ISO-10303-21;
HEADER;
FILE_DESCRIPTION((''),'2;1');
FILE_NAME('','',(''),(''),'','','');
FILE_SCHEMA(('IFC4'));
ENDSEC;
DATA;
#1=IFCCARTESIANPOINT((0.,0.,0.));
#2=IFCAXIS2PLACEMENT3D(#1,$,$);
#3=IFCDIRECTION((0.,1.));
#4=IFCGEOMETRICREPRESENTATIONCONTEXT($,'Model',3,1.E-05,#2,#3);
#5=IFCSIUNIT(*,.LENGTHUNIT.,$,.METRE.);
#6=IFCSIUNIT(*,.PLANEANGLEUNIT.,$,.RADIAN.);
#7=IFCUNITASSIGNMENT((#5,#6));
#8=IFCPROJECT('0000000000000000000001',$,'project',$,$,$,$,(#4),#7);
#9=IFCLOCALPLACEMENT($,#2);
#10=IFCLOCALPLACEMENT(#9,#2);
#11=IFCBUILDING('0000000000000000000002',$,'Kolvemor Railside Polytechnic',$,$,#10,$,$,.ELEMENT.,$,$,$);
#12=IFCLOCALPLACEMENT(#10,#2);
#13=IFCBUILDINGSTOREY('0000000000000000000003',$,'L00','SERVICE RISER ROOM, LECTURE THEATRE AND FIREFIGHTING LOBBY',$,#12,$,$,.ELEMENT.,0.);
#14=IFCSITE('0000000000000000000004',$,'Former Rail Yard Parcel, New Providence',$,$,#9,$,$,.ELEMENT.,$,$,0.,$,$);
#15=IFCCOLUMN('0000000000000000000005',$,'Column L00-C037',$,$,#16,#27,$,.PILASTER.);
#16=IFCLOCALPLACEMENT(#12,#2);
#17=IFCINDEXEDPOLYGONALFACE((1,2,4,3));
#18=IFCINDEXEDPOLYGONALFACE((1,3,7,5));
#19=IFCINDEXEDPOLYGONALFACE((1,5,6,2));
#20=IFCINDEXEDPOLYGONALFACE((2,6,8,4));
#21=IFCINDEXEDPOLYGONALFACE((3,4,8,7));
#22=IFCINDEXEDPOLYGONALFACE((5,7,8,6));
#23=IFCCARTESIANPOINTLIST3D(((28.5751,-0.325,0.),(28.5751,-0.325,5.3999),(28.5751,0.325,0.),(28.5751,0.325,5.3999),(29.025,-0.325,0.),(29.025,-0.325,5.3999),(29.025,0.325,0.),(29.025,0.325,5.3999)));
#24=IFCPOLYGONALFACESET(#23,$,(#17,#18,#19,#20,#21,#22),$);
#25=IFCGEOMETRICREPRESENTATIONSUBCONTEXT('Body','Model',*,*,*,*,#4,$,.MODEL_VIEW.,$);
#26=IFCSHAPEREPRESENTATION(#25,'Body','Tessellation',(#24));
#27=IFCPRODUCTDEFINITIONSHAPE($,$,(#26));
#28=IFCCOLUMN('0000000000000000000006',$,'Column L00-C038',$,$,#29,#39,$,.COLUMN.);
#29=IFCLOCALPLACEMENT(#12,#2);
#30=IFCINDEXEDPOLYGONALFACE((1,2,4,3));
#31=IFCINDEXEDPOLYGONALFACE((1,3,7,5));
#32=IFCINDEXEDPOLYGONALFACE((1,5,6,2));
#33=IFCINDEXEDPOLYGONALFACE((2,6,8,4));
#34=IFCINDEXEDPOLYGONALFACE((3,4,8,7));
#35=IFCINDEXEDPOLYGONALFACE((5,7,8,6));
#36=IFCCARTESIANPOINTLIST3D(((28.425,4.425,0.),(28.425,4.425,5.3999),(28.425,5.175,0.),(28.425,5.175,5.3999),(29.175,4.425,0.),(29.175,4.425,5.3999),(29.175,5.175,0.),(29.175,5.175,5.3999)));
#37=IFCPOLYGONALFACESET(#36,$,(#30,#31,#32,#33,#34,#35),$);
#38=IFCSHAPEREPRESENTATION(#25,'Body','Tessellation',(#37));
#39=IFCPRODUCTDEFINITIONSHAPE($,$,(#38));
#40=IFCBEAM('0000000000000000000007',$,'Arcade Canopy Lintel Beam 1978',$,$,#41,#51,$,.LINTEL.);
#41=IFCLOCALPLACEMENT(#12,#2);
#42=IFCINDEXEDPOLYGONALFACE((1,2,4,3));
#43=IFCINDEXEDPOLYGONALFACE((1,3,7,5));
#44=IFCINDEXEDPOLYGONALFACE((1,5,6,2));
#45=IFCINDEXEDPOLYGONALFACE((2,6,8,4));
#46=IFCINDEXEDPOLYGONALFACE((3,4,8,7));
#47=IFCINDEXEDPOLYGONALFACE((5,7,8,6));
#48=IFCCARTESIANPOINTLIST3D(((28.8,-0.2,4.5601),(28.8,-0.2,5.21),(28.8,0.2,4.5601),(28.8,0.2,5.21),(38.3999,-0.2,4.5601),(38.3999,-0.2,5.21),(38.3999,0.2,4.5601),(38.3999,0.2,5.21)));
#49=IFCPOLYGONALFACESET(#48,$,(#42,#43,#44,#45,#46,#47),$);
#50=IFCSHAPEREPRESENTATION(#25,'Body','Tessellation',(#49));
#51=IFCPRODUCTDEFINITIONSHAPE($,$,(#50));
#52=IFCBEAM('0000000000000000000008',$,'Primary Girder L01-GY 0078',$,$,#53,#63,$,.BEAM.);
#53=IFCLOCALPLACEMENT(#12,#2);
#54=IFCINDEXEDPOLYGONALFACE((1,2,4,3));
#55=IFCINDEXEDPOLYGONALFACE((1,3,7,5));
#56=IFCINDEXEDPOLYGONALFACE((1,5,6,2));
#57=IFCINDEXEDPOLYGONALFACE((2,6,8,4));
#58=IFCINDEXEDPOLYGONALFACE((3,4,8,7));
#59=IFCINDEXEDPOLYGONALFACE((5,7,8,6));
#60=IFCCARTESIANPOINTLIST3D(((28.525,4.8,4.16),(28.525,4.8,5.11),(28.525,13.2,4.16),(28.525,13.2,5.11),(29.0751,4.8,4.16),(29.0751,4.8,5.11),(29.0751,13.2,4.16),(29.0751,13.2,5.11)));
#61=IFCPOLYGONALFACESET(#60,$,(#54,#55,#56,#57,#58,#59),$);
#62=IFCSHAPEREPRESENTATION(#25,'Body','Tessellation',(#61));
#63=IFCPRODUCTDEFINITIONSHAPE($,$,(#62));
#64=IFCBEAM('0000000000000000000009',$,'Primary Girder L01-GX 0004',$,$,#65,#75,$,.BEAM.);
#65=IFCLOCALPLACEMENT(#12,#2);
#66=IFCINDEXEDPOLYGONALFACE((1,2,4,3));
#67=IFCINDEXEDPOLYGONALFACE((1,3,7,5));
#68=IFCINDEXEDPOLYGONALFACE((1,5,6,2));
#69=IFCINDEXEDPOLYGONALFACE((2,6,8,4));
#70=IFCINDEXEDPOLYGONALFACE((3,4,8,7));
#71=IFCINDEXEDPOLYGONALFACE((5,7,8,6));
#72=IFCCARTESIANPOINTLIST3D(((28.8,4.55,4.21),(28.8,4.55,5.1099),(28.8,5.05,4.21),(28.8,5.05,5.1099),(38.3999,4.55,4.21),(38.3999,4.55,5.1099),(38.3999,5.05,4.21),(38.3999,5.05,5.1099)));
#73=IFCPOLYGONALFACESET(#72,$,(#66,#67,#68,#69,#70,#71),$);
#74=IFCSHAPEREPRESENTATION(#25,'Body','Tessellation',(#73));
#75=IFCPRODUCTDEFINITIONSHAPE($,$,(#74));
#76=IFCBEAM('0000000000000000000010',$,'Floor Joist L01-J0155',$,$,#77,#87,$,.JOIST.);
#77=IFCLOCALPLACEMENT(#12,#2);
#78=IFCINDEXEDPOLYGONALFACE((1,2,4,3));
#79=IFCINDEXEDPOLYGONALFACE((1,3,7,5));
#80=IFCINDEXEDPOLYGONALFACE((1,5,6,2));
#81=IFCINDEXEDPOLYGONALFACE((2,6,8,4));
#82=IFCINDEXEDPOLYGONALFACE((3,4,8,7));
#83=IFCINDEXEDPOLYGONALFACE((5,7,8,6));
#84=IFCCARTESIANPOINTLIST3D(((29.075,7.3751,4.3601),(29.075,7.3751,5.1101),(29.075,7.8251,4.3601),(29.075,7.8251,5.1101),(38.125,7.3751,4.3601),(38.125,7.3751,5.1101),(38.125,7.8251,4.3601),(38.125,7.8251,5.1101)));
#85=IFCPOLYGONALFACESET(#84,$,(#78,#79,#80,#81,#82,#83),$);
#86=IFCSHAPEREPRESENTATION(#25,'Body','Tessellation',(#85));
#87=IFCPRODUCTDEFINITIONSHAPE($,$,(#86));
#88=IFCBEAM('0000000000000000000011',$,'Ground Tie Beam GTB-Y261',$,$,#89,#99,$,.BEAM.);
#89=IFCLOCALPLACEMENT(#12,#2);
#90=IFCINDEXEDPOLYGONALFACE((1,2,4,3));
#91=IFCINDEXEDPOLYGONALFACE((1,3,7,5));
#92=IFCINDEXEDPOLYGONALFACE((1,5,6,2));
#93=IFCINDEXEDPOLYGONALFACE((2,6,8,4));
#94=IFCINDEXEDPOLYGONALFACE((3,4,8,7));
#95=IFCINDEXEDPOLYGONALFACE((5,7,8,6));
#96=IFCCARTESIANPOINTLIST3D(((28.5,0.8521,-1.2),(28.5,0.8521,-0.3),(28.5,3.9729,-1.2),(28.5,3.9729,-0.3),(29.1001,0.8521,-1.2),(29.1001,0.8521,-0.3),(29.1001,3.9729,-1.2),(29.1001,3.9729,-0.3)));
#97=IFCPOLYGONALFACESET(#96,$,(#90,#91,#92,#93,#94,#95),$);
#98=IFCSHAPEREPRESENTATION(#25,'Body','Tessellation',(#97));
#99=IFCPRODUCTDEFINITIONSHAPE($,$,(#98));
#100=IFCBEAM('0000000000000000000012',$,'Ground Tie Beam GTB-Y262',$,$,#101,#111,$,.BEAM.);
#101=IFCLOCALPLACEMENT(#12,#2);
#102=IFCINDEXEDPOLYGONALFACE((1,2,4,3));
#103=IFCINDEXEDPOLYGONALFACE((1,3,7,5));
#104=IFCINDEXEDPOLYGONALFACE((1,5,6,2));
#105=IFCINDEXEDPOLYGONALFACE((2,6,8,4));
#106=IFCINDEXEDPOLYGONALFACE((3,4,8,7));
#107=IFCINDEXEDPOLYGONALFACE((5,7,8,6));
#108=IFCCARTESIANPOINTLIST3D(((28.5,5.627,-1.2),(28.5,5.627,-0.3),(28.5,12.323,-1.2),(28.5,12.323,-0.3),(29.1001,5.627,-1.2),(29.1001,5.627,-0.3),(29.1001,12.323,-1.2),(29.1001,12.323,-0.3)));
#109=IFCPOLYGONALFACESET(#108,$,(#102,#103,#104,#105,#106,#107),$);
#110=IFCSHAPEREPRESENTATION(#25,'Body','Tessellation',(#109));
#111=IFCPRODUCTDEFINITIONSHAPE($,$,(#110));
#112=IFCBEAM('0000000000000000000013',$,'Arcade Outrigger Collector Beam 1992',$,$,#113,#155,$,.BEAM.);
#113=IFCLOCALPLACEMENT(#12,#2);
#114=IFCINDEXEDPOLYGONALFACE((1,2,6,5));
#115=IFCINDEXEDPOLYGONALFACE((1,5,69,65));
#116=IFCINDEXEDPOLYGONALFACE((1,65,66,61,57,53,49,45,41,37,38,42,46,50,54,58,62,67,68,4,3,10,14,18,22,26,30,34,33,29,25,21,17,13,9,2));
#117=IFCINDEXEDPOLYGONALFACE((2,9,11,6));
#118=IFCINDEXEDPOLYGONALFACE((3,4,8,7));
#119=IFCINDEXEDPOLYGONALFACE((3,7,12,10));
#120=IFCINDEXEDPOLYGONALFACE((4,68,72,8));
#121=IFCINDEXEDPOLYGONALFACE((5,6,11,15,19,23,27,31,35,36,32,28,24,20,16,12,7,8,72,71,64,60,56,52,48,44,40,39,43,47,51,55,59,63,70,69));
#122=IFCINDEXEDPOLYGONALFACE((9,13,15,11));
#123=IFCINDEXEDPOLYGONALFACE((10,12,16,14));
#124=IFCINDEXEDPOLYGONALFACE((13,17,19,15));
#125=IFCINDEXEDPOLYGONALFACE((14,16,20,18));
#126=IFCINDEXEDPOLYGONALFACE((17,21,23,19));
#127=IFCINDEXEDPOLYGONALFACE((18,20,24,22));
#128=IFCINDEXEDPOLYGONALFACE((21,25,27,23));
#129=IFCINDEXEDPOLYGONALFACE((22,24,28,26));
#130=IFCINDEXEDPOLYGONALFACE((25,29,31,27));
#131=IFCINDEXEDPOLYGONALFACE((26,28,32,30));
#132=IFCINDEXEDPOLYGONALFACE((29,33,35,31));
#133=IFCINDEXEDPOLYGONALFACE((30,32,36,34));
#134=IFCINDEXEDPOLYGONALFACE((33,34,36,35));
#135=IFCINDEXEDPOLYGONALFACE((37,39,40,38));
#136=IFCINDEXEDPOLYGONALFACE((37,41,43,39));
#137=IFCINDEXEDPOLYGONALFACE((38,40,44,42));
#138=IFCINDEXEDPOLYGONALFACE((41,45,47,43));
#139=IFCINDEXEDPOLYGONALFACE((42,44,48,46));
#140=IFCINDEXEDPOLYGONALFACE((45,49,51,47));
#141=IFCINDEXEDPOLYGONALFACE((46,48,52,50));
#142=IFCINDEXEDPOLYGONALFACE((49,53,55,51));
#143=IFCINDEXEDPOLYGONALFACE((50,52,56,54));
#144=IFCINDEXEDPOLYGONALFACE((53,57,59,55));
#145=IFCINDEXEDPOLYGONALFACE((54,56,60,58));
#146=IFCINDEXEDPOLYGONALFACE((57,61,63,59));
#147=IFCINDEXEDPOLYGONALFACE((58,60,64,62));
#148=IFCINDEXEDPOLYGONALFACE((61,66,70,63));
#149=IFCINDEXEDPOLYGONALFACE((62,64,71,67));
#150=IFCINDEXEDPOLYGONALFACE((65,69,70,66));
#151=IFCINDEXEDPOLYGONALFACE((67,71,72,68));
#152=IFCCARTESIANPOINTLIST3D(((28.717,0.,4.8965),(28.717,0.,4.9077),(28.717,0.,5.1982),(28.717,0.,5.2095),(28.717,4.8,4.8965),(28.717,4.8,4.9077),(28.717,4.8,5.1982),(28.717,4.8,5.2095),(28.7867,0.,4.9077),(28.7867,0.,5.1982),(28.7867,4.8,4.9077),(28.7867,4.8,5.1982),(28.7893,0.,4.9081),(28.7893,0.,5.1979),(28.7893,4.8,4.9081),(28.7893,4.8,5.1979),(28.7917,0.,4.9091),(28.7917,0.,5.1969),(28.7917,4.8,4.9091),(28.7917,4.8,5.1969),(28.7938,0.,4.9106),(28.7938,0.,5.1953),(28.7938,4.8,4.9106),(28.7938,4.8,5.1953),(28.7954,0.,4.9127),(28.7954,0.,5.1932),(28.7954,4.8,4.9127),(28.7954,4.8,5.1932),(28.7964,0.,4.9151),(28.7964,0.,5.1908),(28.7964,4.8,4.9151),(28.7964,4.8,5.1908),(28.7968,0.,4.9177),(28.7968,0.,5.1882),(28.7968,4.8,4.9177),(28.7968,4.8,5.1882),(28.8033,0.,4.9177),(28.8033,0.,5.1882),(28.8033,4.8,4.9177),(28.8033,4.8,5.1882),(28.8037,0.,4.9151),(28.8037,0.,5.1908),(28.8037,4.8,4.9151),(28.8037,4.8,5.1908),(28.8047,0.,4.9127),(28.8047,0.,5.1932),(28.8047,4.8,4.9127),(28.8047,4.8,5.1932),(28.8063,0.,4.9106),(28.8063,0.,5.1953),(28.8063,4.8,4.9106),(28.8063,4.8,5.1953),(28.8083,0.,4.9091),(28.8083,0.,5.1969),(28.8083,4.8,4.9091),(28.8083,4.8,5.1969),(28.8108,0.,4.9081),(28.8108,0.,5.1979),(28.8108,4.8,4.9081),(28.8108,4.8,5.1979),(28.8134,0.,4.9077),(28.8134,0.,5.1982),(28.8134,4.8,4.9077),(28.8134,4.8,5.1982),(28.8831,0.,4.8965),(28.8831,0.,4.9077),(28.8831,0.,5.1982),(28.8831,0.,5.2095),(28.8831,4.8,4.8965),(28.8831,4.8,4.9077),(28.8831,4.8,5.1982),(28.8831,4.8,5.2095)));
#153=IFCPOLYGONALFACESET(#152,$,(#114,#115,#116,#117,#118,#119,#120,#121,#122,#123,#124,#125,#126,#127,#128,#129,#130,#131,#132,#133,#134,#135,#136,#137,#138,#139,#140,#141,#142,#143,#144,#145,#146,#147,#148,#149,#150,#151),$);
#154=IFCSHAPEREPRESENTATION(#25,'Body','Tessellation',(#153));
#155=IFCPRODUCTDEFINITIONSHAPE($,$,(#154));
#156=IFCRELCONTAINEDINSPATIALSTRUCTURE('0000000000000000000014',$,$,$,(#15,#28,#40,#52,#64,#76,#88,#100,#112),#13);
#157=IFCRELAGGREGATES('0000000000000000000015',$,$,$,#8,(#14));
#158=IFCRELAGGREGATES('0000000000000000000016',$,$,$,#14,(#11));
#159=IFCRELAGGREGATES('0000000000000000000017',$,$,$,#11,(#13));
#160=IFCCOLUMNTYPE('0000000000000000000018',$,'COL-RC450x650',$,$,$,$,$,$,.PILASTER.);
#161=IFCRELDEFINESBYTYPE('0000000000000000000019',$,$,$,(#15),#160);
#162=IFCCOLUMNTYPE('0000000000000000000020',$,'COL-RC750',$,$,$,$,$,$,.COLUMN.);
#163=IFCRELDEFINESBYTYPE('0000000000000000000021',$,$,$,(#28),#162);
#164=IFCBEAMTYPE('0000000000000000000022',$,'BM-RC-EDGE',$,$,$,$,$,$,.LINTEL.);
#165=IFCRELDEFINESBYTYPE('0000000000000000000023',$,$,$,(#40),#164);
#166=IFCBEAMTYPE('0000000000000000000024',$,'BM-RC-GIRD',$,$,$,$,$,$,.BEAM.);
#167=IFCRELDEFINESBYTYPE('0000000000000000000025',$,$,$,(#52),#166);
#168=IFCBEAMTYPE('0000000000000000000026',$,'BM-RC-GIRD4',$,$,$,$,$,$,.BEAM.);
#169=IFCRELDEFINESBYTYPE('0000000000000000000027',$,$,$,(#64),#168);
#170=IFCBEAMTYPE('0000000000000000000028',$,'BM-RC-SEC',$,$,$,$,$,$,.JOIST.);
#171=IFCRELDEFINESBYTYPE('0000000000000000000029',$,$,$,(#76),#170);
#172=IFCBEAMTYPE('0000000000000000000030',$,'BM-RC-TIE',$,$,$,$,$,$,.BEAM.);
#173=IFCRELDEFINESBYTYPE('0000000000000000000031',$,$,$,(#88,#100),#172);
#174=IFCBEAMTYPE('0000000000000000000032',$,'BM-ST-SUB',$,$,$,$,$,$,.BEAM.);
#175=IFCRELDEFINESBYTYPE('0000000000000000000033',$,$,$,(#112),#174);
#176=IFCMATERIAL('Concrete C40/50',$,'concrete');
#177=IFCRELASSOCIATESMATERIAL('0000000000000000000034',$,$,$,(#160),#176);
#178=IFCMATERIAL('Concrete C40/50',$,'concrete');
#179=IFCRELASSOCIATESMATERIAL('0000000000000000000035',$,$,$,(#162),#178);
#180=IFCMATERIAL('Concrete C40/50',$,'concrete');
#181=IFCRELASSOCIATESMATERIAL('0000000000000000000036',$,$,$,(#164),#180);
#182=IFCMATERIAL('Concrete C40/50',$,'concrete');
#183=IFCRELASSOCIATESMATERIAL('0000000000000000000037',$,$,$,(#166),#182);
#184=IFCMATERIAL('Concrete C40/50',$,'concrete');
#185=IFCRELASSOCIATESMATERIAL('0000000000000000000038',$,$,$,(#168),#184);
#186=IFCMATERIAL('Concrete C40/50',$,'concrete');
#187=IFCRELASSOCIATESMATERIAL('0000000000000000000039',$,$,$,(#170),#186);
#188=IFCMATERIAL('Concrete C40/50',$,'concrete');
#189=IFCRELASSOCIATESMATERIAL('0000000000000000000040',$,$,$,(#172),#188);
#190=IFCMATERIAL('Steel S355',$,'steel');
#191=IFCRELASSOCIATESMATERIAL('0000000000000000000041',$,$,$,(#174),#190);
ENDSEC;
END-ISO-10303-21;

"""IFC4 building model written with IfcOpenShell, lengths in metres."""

from ifc_helpers import new_model, si_unit, direction, frame, origin, origin_2d, place, context, subcontext, project, spatial, rectangle, i_section, extrude, material, material_profile, profile_set, type_object, element, save


model = new_model("IFC4")

# Units and contexts
model_context = context("Model", 3, precision=1e-05, world=origin(), true_north=direction((0.0, 1.0)))
body_context = subcontext(model_context, "Body", "Model", "MODEL_VIEW")
ifc_project = project(units=[si_unit("LENGTHUNIT", "METRE"), si_unit("PLANEANGLEUNIT", "RADIAN")], contexts=[model_context])

# Site, building, storey
site_placement = place(None, origin())
site = spatial("IfcSite", under=ifc_project, at=site_placement, Name="Former Rail Yard Parcel, New Providence", CompositionType="ELEMENT", RefElevation=0.0)
building_placement = place(site_placement, origin())
building = spatial("IfcBuilding", under=site, at=building_placement, Name="Kolvemor Railside Polytechnic", CompositionType="ELEMENT")
storey_placement = place(building_placement, origin())
storey = spatial("IfcBuildingStorey", under=building, at=storey_placement, Name="L00", Description="SERVICE RISER ROOM, LECTURE THEATRE AND FIREFIGHTING LOBBY", CompositionType="ELEMENT", Elevation=0.0)

# Columns
ifc_material_1 = material(Name="Concrete C40/50", Category="concrete")
ifc_material_profile_1 = material_profile(ifc_material_1, rectangle(XDim=0.45, YDim=0.6499, at=origin_2d()), Name="RC450x650")
ifc_profile_set_1 = profile_set([ifc_material_profile_1], Name="Concrete C40/50")
column_type_1 = type_object("IfcColumnType", Name="COL-RC450x650", PredefinedType="PILASTER", material=ifc_profile_set_1)
column_1_placement = place(storey_placement, frame((28.8, 0.0, 0.0), z_axis=(0.0, 0.0, 1.0), x_axis=(1.0, 0.0, 0.0)))
element("IfcColumn", 1, at=column_1_placement, inside=storey, type_object=column_type_1, Name="Column L00-C037", PredefinedType="PILASTER", context=body_context, shape_type="SweptSolid", body=[
    extrude(rectangle(XDim=0.45, YDim=0.6499, at=origin_2d()), origin(), (0.0, 0.0, 1.0), 5.3999),
])
ifc_material_2 = material(Name="Concrete C40/50", Category="concrete")
ifc_material_profile_2 = material_profile(ifc_material_2, rectangle(XDim=0.75, YDim=0.75, at=origin_2d()), Name="RC750x750")
ifc_profile_set_2 = profile_set([ifc_material_profile_2], Name="Concrete C40/50")
column_type_2 = type_object("IfcColumnType", Name="COL-RC750", PredefinedType="COLUMN", material=ifc_profile_set_2)
column_2_placement = place(storey_placement, frame((28.8, 4.8, 0.0), z_axis=(0.0, 0.0, 1.0), x_axis=(1.0, 0.0, 0.0)))
element("IfcColumn", 2, at=column_2_placement, inside=storey, type_object=column_type_2, Name="Column L00-C038", PredefinedType="COLUMN", context=body_context, shape_type="SweptSolid", body=[
    extrude(rectangle(XDim=0.75, YDim=0.75, at=origin_2d()), origin(), (0.0, 0.0, 1.0), 5.3999),
])

# Beams
ifc_material_3 = material(Name="Concrete C40/50", Category="concrete")
ifc_material_profile_3 = material_profile(ifc_material_3, rectangle(XDim=0.3999, YDim=0.6499, at=origin_2d()), Name="RC400x650")
ifc_profile_set_3 = profile_set([ifc_material_profile_3], Name="Concrete C40/50")
beam_type_1 = type_object("IfcBeamType", Name="BM-RC-EDGE", PredefinedType="LINTEL", material=ifc_profile_set_3)
beam_1_placement = place(storey_placement, frame((28.8, 0.0, 4.885), z_axis=(1.0, 0.0, 0.0), x_axis=(0.0, 1.0, 0.0)))
element("IfcBeam", 3, at=beam_1_placement, inside=storey, type_object=beam_type_1, Name="Arcade Canopy Lintel Beam 1978", PredefinedType="LINTEL", context=body_context, shape_type="SweptSolid", body=[
    extrude(rectangle(XDim=0.3999, YDim=0.6499, at=origin_2d()), origin(), (0.0, 0.0, 1.0), 9.5999),
])
ifc_material_4 = material(Name="Concrete C40/50", Category="concrete")
ifc_material_profile_4 = material_profile(ifc_material_4, rectangle(XDim=0.55, YDim=0.95, at=origin_2d()), Name="RC550x950")
ifc_profile_set_4 = profile_set([ifc_material_profile_4], Name="Concrete C40/50")
beam_type_2 = type_object("IfcBeamType", Name="BM-RC-GIRD", PredefinedType="BEAM", material=ifc_profile_set_4)
beam_2_placement = place(storey_placement, frame((28.8, 4.8, 4.635), z_axis=(0.0, 1.0, 0.0), x_axis=(-1.0, 0.0, 0.0)))
element("IfcBeam", 4, at=beam_2_placement, inside=storey, type_object=beam_type_2, Name="Primary Girder L01-GY 0078", PredefinedType="BEAM", context=body_context, shape_type="SweptSolid", body=[
    extrude(rectangle(XDim=0.55, YDim=0.95, at=origin_2d()), origin(), (0.0, 0.0, 1.0), 8.3999),
])
ifc_material_5 = material(Name="Concrete C40/50", Category="concrete")
ifc_material_profile_5 = material_profile(ifc_material_5, rectangle(XDim=0.5, YDim=0.8999, at=origin_2d()), Name="RC500x900")
ifc_profile_set_5 = profile_set([ifc_material_profile_5], Name="Concrete C40/50")
beam_type_3 = type_object("IfcBeamType", Name="BM-RC-GIRD4", PredefinedType="BEAM", material=ifc_profile_set_5)
beam_3_placement = place(storey_placement, frame((28.8, 4.8, 4.6599), z_axis=(1.0, 0.0, 0.0), x_axis=(0.0, 1.0, 0.0)))
element("IfcBeam", 5, at=beam_3_placement, inside=storey, type_object=beam_type_3, Name="Primary Girder L01-GX 0004", PredefinedType="BEAM", context=body_context, shape_type="SweptSolid", body=[
    extrude(rectangle(XDim=0.5, YDim=0.8999, at=origin_2d()), origin(), (0.0, 0.0, 1.0), 9.5999),
])
ifc_material_6 = material(Name="Concrete C40/50", Category="concrete")
ifc_material_profile_6 = material_profile(ifc_material_6, rectangle(XDim=0.45, YDim=0.75, at=origin_2d()), Name="RC450x750")
ifc_profile_set_6 = profile_set([ifc_material_profile_6], Name="Concrete C40/50")
beam_type_4 = type_object("IfcBeamType", Name="BM-RC-SEC", PredefinedType="JOIST", material=ifc_profile_set_6)
beam_4_placement = place(storey_placement, frame((29.075, 7.6001, 4.7351), z_axis=(1.0, 0.0, 0.0), x_axis=(0.0, 1.0, 0.0)))
element("IfcBeam", 6, at=beam_4_placement, inside=storey, type_object=beam_type_4, Name="Floor Joist L01-J0155", PredefinedType="JOIST", context=body_context, shape_type="SweptSolid", body=[
    extrude(rectangle(XDim=0.45, YDim=0.75, at=origin_2d()), origin(), (0.0, 0.0, 1.0), 9.05),
])
ifc_material_7 = material(Name="Concrete C40/50", Category="concrete")
ifc_material_profile_7 = material_profile(ifc_material_7, rectangle(XDim=0.6001, YDim=0.8999, at=origin_2d()), Name="RC600x900")
ifc_profile_set_7 = profile_set([ifc_material_profile_7], Name="Concrete C40/50")
beam_type_5 = type_object("IfcBeamType", Name="BM-RC-TIE", PredefinedType="BEAM", material=ifc_profile_set_7)
beam_5_placement = place(storey_placement, frame((28.8, 0.8521, -0.75), z_axis=(0.0, 1.0, 0.0), x_axis=(-1.0, 0.0, 0.0)))
element("IfcBeam", 7, at=beam_5_placement, inside=storey, type_object=beam_type_5, Name="Ground Tie Beam GTB-Y261", PredefinedType="BEAM", context=body_context, shape_type="SweptSolid", body=[
    extrude(rectangle(XDim=0.6001, YDim=0.8999, at=origin_2d()), origin(), (0.0, 0.0, 1.0), 3.1208),
])
beam_6_placement = place(storey_placement, frame((28.8, 5.627, -0.75), z_axis=(0.0, 1.0, 0.0), x_axis=(-1.0, 0.0, 0.0)))
element("IfcBeam", 8, at=beam_6_placement, inside=storey, type_object=beam_type_5, Name="Ground Tie Beam GTB-Y262", PredefinedType="BEAM", context=body_context, shape_type="SweptSolid", body=[
    extrude(rectangle(XDim=0.6001, YDim=0.8999, at=origin_2d()), origin(), (0.0, 0.0, 1.0), 6.696),
])
ifc_material_8 = material(Name="Steel S355", Category="steel")
ifc_material_profile_8 = material_profile(ifc_material_8, i_section(OverallWidth=0.166, OverallDepth=0.313, WebThickness=0.0066, FlangeThickness=0.0112, FilletRadius=0.01, at=origin_2d()), Name="W310x45")
ifc_profile_set_8 = profile_set([ifc_material_profile_8], Name="Steel S355")
beam_type_6 = type_object("IfcBeamType", Name="BM-ST-SUB", PredefinedType="BEAM", material=ifc_profile_set_8)
beam_7_placement = place(storey_placement, frame((28.8, 0.0, 5.053), z_axis=(0.0, 1.0, 0.0), x_axis=(-1.0, 0.0, 0.0)))
element("IfcBeam", 9, at=beam_7_placement, inside=storey, type_object=beam_type_6, Name="Arcade Outrigger Collector Beam 1992", PredefinedType="BEAM", context=body_context, shape_type="SweptSolid", body=[
    extrude(i_section(OverallWidth=0.166, OverallDepth=0.313, WebThickness=0.0066, FlangeThickness=0.0112, FilletRadius=0.01, at=origin_2d()), origin(), (0.0, 0.0, 1.0), 4.8),
])

save(model, "model.ifc")
